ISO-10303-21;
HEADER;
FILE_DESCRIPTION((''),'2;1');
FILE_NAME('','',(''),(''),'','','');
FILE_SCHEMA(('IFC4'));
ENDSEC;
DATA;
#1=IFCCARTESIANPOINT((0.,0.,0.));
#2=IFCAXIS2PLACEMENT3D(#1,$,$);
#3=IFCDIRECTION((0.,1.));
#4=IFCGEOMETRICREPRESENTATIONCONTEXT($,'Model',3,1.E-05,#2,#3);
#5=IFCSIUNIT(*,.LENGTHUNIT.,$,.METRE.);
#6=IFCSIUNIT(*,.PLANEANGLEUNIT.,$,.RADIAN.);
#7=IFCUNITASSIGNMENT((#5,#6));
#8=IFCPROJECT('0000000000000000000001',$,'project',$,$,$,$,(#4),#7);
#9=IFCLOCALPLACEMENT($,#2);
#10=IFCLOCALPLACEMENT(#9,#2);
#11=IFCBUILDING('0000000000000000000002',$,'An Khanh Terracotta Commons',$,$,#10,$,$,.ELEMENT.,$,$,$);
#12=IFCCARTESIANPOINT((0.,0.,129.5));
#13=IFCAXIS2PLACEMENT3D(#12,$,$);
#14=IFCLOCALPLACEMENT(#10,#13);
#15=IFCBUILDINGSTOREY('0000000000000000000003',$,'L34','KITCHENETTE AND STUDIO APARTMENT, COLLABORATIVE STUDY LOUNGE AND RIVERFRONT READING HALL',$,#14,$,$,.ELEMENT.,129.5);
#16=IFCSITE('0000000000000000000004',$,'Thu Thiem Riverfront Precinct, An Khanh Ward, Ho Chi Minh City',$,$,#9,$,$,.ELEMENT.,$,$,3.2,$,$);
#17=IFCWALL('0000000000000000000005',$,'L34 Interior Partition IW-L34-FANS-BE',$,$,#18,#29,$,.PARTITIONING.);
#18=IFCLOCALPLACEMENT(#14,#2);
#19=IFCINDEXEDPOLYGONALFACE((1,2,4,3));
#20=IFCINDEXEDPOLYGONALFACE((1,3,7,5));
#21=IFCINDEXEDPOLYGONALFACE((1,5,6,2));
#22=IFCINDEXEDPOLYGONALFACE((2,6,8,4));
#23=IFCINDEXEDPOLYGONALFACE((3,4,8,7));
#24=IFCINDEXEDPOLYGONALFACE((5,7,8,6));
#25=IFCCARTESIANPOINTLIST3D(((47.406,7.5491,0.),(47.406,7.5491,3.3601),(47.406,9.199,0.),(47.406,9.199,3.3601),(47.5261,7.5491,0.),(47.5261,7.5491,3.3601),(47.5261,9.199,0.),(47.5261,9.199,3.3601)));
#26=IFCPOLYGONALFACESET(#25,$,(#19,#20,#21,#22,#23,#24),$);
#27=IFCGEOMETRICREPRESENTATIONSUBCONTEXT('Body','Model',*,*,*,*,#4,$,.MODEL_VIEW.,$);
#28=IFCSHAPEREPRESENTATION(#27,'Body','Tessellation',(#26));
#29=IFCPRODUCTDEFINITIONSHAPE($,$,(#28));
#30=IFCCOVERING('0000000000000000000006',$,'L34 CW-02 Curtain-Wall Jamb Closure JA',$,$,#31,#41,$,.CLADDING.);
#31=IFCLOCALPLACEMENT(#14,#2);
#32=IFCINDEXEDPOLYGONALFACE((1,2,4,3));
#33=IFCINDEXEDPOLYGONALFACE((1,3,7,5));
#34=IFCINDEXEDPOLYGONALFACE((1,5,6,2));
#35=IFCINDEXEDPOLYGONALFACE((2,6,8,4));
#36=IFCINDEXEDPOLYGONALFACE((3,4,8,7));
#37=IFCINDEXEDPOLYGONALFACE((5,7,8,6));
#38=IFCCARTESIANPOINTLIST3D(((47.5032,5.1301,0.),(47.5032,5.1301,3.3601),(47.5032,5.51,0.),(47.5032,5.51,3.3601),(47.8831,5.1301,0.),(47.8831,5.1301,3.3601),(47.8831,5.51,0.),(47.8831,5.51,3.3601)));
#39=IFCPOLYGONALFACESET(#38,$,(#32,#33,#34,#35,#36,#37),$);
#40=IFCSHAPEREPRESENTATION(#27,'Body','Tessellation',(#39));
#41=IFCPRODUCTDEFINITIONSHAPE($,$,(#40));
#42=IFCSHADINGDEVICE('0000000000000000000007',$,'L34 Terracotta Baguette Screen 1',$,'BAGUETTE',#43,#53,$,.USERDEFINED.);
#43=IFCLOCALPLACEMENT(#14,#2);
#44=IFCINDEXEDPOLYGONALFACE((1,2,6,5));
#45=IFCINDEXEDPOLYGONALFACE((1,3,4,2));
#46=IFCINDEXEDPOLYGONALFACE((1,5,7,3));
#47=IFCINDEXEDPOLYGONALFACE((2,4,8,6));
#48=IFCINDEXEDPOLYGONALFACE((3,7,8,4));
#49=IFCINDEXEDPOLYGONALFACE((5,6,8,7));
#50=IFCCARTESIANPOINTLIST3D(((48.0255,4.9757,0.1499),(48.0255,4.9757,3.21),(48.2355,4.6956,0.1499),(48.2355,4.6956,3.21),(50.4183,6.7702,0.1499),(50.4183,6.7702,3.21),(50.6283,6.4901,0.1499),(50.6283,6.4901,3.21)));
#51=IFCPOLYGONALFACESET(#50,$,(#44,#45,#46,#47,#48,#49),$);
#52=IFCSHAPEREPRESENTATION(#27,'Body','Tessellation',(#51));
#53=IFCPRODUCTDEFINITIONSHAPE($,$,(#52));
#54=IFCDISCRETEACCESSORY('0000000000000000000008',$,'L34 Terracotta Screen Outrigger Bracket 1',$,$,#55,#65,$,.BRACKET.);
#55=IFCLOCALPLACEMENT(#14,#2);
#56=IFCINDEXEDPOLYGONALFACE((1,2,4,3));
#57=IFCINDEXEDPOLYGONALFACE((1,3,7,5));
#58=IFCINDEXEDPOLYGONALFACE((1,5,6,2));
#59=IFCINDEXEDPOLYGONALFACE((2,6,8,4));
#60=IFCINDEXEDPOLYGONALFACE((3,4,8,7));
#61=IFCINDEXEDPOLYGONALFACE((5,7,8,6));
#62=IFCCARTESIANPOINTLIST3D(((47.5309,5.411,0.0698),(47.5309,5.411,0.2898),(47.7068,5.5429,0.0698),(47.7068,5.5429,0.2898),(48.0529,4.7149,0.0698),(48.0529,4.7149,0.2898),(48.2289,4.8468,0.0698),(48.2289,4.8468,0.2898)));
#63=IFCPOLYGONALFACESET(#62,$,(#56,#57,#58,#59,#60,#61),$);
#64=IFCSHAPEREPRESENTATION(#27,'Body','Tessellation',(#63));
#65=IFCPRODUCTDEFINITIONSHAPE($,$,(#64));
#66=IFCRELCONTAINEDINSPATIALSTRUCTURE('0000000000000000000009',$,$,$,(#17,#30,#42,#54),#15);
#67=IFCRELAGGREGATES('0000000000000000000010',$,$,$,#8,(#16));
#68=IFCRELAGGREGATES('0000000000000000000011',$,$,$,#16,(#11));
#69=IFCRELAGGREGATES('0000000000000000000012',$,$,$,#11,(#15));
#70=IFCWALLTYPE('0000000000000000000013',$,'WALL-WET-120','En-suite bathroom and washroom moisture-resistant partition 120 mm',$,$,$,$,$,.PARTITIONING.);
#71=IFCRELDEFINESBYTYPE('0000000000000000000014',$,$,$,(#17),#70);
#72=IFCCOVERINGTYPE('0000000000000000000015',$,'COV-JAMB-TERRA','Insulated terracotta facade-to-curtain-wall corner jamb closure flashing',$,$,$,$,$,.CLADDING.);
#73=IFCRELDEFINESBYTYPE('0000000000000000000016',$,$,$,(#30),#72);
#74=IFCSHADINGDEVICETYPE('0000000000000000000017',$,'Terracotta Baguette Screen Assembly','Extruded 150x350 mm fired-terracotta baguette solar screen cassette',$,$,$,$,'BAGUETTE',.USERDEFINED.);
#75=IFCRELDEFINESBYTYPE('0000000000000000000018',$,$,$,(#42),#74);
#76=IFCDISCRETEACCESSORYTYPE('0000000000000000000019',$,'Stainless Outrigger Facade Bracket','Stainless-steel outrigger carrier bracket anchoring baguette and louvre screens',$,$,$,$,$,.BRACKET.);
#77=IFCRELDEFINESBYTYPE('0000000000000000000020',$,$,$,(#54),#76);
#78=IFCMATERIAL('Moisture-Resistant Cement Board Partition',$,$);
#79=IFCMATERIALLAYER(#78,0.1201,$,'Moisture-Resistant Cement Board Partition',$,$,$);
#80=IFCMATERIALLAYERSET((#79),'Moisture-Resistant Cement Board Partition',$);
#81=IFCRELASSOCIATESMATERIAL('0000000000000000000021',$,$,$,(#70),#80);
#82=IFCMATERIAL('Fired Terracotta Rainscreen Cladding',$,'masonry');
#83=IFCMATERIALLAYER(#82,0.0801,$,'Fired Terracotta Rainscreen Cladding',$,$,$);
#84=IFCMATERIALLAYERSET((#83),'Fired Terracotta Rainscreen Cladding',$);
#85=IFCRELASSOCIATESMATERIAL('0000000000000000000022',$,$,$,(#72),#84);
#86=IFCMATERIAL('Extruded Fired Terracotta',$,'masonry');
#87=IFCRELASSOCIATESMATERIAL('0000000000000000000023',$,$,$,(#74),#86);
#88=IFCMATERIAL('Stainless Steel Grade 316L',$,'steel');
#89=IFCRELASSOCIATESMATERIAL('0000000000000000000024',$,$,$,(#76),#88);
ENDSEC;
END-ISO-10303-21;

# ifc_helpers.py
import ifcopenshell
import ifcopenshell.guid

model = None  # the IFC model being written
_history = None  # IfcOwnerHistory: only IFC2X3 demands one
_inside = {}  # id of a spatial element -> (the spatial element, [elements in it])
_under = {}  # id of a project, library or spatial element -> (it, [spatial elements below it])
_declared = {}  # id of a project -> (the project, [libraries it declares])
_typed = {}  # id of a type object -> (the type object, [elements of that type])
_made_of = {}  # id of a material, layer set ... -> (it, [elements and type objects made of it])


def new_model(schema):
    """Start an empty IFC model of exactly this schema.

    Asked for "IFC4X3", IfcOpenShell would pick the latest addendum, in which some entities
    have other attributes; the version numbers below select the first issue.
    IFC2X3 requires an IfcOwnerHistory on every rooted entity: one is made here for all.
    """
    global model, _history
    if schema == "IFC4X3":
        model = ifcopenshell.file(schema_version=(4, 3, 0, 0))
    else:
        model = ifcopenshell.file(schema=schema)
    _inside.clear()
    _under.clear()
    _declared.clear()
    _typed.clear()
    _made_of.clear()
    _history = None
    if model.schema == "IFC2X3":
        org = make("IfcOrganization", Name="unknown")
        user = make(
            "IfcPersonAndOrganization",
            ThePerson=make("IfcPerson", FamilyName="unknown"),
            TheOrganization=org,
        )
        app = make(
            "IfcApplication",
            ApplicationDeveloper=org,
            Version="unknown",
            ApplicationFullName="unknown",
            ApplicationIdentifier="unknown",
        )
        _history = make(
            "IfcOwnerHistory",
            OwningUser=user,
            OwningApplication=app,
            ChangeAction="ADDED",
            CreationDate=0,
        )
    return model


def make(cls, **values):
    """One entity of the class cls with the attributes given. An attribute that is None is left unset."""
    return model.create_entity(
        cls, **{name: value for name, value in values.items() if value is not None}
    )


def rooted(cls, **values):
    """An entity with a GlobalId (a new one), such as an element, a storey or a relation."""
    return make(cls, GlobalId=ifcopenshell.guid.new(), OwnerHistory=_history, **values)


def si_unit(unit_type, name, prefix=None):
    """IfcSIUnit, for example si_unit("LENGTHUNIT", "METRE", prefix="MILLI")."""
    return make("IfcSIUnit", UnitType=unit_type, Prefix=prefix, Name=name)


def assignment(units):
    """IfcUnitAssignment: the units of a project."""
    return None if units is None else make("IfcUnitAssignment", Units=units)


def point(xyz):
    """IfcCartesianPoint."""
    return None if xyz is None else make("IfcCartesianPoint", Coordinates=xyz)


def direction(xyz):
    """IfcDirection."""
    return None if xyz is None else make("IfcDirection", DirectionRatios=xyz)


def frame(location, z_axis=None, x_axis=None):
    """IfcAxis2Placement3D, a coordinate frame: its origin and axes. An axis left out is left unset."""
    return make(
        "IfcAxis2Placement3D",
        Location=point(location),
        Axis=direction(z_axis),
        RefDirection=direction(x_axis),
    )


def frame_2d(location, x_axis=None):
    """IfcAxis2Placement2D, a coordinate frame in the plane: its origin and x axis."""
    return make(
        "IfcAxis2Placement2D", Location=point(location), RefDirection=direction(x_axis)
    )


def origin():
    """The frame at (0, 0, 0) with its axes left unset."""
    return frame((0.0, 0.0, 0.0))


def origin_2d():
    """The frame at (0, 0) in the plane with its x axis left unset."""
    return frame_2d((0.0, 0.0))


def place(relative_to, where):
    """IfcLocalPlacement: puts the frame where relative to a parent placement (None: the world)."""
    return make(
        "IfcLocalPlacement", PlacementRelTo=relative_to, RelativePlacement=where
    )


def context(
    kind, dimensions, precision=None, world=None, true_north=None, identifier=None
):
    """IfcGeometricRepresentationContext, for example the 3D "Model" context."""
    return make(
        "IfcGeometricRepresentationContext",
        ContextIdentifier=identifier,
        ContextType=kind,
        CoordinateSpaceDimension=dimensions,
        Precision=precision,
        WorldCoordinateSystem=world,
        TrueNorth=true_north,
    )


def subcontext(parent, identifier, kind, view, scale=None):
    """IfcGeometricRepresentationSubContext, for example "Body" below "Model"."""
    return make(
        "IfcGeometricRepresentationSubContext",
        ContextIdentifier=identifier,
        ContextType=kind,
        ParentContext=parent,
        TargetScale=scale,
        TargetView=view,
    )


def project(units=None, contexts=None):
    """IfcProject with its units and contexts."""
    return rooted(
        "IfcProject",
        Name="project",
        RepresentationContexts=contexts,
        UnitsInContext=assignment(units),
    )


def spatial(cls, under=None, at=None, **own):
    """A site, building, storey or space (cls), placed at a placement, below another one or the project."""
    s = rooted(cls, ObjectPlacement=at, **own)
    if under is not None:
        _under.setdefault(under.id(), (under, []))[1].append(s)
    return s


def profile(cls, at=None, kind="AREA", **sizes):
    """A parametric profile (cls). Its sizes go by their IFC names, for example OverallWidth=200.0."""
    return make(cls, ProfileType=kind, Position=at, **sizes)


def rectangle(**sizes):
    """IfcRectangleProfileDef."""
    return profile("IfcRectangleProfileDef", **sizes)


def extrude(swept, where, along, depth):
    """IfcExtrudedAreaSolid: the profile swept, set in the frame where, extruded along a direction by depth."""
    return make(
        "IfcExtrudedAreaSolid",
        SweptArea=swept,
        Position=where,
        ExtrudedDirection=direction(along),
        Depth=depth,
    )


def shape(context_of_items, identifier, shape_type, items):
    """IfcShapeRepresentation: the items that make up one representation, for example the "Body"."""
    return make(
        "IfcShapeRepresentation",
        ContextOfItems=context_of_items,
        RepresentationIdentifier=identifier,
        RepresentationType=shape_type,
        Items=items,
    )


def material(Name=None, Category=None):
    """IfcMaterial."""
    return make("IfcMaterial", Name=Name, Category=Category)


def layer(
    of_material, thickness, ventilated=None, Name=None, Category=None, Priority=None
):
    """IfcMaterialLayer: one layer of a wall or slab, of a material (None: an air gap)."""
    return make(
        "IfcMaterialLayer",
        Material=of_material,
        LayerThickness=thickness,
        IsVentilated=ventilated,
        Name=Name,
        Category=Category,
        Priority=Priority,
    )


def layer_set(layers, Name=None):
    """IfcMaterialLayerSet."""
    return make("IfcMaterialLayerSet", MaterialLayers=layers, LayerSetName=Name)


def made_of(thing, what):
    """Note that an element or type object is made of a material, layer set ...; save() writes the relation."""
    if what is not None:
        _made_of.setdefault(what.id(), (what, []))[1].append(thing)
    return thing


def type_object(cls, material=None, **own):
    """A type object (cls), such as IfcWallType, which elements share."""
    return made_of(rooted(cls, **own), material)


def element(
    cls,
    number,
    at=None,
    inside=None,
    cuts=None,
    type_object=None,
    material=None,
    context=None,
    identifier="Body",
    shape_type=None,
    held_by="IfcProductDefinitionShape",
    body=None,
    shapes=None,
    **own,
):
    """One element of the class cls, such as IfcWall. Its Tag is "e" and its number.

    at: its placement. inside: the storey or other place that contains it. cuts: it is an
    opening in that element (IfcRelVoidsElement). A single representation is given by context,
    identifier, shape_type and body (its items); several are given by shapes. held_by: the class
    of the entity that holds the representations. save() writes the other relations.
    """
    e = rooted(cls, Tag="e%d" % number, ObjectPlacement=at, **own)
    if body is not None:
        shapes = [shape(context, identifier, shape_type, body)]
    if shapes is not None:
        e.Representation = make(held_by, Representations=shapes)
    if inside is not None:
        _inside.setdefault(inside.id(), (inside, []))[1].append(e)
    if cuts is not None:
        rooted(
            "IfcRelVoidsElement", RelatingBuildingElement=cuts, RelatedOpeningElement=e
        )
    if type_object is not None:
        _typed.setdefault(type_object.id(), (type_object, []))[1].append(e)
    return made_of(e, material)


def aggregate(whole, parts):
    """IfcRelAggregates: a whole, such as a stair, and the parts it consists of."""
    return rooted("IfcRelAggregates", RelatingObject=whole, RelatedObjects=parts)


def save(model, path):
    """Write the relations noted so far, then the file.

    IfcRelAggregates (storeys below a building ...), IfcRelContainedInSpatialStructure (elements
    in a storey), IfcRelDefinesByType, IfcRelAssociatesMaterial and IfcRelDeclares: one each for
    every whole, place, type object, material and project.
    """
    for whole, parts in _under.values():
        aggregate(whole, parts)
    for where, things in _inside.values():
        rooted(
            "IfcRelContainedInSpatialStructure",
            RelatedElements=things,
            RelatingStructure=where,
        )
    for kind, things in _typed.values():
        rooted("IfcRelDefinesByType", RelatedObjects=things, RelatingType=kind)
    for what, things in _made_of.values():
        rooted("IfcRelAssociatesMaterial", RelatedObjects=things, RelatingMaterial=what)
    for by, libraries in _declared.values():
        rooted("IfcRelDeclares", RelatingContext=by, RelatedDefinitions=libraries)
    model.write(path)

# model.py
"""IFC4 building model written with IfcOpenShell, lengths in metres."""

from ifc_helpers import new_model, si_unit, direction, frame, frame_2d, origin, origin_2d, place, context, subcontext, project, spatial, rectangle, extrude, material, layer, layer_set, type_object, element, save


model = new_model("IFC4")

# Units and contexts
model_context = context("Model", 3, precision=1e-05, world=origin(), true_north=direction((0.0, 1.0)))
body_context = subcontext(model_context, "Body", "Model", "MODEL_VIEW")
ifc_project = project(units=[si_unit("LENGTHUNIT", "METRE"), si_unit("PLANEANGLEUNIT", "RADIAN")], contexts=[model_context])

# Site, building, storey
site_placement = place(None, origin())
site = spatial("IfcSite", under=ifc_project, at=site_placement, Name="Thu Thiem Riverfront Precinct, An Khanh Ward, Ho Chi Minh City", CompositionType="ELEMENT", RefElevation=3.2)
building_placement = place(site_placement, origin())
building = spatial("IfcBuilding", under=site, at=building_placement, Name="An Khanh Terracotta Commons", CompositionType="ELEMENT")
storey_placement = place(building_placement, frame((0.0, 0.0, 129.5)))
storey = spatial("IfcBuildingStorey", under=building, at=storey_placement, Name="L34", Description="KITCHENETTE AND STUDIO APARTMENT, COLLABORATIVE STUDY LOUNGE AND RIVERFRONT READING HALL", CompositionType="ELEMENT", Elevation=129.5)

# Shared definitions
ifc_material_1 = material(Name="Moisture-Resistant Cement Board Partition")
ifc_layer_1 = layer(ifc_material_1, 0.1201, Name="Moisture-Resistant Cement Board Partition")
ifc_layer_set_1 = layer_set([ifc_layer_1], Name="Moisture-Resistant Cement Board Partition")
wall_type_1 = type_object("IfcWallType", Name="WALL-WET-120", Description="En-suite bathroom and washroom moisture-resistant partition 120 mm", PredefinedType="PARTITIONING", material=ifc_layer_set_1)

# Wall
wall_1_placement = place(storey_placement, frame((47.4661, 7.5491, 0.0), z_axis=(0.0, 0.0, 1.0), x_axis=(0.0, 1.0, 0.0)))
element("IfcWall", 1, at=wall_1_placement, inside=storey, type_object=wall_type_1, Name="L34 Interior Partition IW-L34-FANS-BE", PredefinedType="PARTITIONING", context=body_context, shape_type="SweptSolid", body=[
    extrude(rectangle(XDim=1.6499, YDim=0.1201, at=frame_2d((0.825, 0.0))), origin(), (0.0, 0.0, 1.0), 3.3601),
])

# Covering
ifc_material_2 = material(Name="Fired Terracotta Rainscreen Cladding", Category="masonry")
ifc_layer_2 = layer(ifc_material_2, 0.0801, Name="Fired Terracotta Rainscreen Cladding")
ifc_layer_set_2 = layer_set([ifc_layer_2], Name="Fired Terracotta Rainscreen Cladding")
covering_type = type_object("IfcCoveringType", Name="COV-JAMB-TERRA", Description="Insulated terracotta facade-to-curtain-wall corner jamb closure flashing", PredefinedType="CLADDING", material=ifc_layer_set_2)
covering_placement = place(storey_placement, frame((47.6931, 5.3201, 0.0), z_axis=(0.0, 0.0, 1.0), x_axis=(1.0, 0.0, 0.0)))
element("IfcCovering", 2, at=covering_placement, inside=storey, type_object=covering_type, Name="L34 CW-02 Curtain-Wall Jamb Closure JA", PredefinedType="CLADDING", context=body_context, shape_type="SweptSolid", body=[
    extrude(rectangle(XDim=0.3799, YDim=0.3799, at=origin_2d()), origin(), (0.0, 0.0, 1.0), 3.3601),
])

# Shading device
ifc_material_3 = material(Name="Extruded Fired Terracotta", Category="masonry")
shading_device_type = type_object("IfcShadingDeviceType", Name="Terracotta Baguette Screen Assembly", Description="Extruded 150x350 mm fired-terracotta baguette solar screen cassette", ElementType="BAGUETTE", PredefinedType="USERDEFINED", material=ifc_material_3)
shading_device_placement = place(storey_placement, frame((49.3269, 5.7329, 0.1499), z_axis=(0.0, 0.0, 1.0), x_axis=(0.800013, 0.599983, 0.0)))
element("IfcShadingDevice", 3, at=shading_device_placement, inside=storey, type_object=shading_device_type, Name="L34 Terracotta Baguette Screen 1", ObjectType="BAGUETTE", PredefinedType="USERDEFINED", context=body_context, shape_type="SweptSolid", body=[
    extrude(rectangle(XDim=2.991, YDim=0.3501, at=origin_2d()), origin(), (0.0, 0.0, 1.0), 3.0601),
])

# Discrete accessory
ifc_material_4 = material(Name="Stainless Steel Grade 316L", Category="steel")
discrete_accessory_type = type_object("IfcDiscreteAccessoryType", Name="Stainless Outrigger Facade Bracket", Description="Stainless-steel outrigger carrier bracket anchoring baguette and louvre screens", PredefinedType="BRACKET", material=ifc_material_4)
discrete_accessory_placement = place(storey_placement, frame((47.8799, 5.1289, 0.0698), z_axis=(0.0, 0.0, 1.0), x_axis=(0.800013, 0.599983, 0.0)))
element("IfcDiscreteAccessory", 4, at=discrete_accessory_placement, inside=storey, type_object=discrete_accessory_type, Name="L34 Terracotta Screen Outrigger Bracket 1", PredefinedType="BRACKET", context=body_context, shape_type="SweptSolid", body=[
    extrude(rectangle(XDim=0.22, YDim=0.8701, at=origin_2d()), origin(), (0.0, 0.0, 1.0), 0.22),
])

save(model, "model.ifc")
